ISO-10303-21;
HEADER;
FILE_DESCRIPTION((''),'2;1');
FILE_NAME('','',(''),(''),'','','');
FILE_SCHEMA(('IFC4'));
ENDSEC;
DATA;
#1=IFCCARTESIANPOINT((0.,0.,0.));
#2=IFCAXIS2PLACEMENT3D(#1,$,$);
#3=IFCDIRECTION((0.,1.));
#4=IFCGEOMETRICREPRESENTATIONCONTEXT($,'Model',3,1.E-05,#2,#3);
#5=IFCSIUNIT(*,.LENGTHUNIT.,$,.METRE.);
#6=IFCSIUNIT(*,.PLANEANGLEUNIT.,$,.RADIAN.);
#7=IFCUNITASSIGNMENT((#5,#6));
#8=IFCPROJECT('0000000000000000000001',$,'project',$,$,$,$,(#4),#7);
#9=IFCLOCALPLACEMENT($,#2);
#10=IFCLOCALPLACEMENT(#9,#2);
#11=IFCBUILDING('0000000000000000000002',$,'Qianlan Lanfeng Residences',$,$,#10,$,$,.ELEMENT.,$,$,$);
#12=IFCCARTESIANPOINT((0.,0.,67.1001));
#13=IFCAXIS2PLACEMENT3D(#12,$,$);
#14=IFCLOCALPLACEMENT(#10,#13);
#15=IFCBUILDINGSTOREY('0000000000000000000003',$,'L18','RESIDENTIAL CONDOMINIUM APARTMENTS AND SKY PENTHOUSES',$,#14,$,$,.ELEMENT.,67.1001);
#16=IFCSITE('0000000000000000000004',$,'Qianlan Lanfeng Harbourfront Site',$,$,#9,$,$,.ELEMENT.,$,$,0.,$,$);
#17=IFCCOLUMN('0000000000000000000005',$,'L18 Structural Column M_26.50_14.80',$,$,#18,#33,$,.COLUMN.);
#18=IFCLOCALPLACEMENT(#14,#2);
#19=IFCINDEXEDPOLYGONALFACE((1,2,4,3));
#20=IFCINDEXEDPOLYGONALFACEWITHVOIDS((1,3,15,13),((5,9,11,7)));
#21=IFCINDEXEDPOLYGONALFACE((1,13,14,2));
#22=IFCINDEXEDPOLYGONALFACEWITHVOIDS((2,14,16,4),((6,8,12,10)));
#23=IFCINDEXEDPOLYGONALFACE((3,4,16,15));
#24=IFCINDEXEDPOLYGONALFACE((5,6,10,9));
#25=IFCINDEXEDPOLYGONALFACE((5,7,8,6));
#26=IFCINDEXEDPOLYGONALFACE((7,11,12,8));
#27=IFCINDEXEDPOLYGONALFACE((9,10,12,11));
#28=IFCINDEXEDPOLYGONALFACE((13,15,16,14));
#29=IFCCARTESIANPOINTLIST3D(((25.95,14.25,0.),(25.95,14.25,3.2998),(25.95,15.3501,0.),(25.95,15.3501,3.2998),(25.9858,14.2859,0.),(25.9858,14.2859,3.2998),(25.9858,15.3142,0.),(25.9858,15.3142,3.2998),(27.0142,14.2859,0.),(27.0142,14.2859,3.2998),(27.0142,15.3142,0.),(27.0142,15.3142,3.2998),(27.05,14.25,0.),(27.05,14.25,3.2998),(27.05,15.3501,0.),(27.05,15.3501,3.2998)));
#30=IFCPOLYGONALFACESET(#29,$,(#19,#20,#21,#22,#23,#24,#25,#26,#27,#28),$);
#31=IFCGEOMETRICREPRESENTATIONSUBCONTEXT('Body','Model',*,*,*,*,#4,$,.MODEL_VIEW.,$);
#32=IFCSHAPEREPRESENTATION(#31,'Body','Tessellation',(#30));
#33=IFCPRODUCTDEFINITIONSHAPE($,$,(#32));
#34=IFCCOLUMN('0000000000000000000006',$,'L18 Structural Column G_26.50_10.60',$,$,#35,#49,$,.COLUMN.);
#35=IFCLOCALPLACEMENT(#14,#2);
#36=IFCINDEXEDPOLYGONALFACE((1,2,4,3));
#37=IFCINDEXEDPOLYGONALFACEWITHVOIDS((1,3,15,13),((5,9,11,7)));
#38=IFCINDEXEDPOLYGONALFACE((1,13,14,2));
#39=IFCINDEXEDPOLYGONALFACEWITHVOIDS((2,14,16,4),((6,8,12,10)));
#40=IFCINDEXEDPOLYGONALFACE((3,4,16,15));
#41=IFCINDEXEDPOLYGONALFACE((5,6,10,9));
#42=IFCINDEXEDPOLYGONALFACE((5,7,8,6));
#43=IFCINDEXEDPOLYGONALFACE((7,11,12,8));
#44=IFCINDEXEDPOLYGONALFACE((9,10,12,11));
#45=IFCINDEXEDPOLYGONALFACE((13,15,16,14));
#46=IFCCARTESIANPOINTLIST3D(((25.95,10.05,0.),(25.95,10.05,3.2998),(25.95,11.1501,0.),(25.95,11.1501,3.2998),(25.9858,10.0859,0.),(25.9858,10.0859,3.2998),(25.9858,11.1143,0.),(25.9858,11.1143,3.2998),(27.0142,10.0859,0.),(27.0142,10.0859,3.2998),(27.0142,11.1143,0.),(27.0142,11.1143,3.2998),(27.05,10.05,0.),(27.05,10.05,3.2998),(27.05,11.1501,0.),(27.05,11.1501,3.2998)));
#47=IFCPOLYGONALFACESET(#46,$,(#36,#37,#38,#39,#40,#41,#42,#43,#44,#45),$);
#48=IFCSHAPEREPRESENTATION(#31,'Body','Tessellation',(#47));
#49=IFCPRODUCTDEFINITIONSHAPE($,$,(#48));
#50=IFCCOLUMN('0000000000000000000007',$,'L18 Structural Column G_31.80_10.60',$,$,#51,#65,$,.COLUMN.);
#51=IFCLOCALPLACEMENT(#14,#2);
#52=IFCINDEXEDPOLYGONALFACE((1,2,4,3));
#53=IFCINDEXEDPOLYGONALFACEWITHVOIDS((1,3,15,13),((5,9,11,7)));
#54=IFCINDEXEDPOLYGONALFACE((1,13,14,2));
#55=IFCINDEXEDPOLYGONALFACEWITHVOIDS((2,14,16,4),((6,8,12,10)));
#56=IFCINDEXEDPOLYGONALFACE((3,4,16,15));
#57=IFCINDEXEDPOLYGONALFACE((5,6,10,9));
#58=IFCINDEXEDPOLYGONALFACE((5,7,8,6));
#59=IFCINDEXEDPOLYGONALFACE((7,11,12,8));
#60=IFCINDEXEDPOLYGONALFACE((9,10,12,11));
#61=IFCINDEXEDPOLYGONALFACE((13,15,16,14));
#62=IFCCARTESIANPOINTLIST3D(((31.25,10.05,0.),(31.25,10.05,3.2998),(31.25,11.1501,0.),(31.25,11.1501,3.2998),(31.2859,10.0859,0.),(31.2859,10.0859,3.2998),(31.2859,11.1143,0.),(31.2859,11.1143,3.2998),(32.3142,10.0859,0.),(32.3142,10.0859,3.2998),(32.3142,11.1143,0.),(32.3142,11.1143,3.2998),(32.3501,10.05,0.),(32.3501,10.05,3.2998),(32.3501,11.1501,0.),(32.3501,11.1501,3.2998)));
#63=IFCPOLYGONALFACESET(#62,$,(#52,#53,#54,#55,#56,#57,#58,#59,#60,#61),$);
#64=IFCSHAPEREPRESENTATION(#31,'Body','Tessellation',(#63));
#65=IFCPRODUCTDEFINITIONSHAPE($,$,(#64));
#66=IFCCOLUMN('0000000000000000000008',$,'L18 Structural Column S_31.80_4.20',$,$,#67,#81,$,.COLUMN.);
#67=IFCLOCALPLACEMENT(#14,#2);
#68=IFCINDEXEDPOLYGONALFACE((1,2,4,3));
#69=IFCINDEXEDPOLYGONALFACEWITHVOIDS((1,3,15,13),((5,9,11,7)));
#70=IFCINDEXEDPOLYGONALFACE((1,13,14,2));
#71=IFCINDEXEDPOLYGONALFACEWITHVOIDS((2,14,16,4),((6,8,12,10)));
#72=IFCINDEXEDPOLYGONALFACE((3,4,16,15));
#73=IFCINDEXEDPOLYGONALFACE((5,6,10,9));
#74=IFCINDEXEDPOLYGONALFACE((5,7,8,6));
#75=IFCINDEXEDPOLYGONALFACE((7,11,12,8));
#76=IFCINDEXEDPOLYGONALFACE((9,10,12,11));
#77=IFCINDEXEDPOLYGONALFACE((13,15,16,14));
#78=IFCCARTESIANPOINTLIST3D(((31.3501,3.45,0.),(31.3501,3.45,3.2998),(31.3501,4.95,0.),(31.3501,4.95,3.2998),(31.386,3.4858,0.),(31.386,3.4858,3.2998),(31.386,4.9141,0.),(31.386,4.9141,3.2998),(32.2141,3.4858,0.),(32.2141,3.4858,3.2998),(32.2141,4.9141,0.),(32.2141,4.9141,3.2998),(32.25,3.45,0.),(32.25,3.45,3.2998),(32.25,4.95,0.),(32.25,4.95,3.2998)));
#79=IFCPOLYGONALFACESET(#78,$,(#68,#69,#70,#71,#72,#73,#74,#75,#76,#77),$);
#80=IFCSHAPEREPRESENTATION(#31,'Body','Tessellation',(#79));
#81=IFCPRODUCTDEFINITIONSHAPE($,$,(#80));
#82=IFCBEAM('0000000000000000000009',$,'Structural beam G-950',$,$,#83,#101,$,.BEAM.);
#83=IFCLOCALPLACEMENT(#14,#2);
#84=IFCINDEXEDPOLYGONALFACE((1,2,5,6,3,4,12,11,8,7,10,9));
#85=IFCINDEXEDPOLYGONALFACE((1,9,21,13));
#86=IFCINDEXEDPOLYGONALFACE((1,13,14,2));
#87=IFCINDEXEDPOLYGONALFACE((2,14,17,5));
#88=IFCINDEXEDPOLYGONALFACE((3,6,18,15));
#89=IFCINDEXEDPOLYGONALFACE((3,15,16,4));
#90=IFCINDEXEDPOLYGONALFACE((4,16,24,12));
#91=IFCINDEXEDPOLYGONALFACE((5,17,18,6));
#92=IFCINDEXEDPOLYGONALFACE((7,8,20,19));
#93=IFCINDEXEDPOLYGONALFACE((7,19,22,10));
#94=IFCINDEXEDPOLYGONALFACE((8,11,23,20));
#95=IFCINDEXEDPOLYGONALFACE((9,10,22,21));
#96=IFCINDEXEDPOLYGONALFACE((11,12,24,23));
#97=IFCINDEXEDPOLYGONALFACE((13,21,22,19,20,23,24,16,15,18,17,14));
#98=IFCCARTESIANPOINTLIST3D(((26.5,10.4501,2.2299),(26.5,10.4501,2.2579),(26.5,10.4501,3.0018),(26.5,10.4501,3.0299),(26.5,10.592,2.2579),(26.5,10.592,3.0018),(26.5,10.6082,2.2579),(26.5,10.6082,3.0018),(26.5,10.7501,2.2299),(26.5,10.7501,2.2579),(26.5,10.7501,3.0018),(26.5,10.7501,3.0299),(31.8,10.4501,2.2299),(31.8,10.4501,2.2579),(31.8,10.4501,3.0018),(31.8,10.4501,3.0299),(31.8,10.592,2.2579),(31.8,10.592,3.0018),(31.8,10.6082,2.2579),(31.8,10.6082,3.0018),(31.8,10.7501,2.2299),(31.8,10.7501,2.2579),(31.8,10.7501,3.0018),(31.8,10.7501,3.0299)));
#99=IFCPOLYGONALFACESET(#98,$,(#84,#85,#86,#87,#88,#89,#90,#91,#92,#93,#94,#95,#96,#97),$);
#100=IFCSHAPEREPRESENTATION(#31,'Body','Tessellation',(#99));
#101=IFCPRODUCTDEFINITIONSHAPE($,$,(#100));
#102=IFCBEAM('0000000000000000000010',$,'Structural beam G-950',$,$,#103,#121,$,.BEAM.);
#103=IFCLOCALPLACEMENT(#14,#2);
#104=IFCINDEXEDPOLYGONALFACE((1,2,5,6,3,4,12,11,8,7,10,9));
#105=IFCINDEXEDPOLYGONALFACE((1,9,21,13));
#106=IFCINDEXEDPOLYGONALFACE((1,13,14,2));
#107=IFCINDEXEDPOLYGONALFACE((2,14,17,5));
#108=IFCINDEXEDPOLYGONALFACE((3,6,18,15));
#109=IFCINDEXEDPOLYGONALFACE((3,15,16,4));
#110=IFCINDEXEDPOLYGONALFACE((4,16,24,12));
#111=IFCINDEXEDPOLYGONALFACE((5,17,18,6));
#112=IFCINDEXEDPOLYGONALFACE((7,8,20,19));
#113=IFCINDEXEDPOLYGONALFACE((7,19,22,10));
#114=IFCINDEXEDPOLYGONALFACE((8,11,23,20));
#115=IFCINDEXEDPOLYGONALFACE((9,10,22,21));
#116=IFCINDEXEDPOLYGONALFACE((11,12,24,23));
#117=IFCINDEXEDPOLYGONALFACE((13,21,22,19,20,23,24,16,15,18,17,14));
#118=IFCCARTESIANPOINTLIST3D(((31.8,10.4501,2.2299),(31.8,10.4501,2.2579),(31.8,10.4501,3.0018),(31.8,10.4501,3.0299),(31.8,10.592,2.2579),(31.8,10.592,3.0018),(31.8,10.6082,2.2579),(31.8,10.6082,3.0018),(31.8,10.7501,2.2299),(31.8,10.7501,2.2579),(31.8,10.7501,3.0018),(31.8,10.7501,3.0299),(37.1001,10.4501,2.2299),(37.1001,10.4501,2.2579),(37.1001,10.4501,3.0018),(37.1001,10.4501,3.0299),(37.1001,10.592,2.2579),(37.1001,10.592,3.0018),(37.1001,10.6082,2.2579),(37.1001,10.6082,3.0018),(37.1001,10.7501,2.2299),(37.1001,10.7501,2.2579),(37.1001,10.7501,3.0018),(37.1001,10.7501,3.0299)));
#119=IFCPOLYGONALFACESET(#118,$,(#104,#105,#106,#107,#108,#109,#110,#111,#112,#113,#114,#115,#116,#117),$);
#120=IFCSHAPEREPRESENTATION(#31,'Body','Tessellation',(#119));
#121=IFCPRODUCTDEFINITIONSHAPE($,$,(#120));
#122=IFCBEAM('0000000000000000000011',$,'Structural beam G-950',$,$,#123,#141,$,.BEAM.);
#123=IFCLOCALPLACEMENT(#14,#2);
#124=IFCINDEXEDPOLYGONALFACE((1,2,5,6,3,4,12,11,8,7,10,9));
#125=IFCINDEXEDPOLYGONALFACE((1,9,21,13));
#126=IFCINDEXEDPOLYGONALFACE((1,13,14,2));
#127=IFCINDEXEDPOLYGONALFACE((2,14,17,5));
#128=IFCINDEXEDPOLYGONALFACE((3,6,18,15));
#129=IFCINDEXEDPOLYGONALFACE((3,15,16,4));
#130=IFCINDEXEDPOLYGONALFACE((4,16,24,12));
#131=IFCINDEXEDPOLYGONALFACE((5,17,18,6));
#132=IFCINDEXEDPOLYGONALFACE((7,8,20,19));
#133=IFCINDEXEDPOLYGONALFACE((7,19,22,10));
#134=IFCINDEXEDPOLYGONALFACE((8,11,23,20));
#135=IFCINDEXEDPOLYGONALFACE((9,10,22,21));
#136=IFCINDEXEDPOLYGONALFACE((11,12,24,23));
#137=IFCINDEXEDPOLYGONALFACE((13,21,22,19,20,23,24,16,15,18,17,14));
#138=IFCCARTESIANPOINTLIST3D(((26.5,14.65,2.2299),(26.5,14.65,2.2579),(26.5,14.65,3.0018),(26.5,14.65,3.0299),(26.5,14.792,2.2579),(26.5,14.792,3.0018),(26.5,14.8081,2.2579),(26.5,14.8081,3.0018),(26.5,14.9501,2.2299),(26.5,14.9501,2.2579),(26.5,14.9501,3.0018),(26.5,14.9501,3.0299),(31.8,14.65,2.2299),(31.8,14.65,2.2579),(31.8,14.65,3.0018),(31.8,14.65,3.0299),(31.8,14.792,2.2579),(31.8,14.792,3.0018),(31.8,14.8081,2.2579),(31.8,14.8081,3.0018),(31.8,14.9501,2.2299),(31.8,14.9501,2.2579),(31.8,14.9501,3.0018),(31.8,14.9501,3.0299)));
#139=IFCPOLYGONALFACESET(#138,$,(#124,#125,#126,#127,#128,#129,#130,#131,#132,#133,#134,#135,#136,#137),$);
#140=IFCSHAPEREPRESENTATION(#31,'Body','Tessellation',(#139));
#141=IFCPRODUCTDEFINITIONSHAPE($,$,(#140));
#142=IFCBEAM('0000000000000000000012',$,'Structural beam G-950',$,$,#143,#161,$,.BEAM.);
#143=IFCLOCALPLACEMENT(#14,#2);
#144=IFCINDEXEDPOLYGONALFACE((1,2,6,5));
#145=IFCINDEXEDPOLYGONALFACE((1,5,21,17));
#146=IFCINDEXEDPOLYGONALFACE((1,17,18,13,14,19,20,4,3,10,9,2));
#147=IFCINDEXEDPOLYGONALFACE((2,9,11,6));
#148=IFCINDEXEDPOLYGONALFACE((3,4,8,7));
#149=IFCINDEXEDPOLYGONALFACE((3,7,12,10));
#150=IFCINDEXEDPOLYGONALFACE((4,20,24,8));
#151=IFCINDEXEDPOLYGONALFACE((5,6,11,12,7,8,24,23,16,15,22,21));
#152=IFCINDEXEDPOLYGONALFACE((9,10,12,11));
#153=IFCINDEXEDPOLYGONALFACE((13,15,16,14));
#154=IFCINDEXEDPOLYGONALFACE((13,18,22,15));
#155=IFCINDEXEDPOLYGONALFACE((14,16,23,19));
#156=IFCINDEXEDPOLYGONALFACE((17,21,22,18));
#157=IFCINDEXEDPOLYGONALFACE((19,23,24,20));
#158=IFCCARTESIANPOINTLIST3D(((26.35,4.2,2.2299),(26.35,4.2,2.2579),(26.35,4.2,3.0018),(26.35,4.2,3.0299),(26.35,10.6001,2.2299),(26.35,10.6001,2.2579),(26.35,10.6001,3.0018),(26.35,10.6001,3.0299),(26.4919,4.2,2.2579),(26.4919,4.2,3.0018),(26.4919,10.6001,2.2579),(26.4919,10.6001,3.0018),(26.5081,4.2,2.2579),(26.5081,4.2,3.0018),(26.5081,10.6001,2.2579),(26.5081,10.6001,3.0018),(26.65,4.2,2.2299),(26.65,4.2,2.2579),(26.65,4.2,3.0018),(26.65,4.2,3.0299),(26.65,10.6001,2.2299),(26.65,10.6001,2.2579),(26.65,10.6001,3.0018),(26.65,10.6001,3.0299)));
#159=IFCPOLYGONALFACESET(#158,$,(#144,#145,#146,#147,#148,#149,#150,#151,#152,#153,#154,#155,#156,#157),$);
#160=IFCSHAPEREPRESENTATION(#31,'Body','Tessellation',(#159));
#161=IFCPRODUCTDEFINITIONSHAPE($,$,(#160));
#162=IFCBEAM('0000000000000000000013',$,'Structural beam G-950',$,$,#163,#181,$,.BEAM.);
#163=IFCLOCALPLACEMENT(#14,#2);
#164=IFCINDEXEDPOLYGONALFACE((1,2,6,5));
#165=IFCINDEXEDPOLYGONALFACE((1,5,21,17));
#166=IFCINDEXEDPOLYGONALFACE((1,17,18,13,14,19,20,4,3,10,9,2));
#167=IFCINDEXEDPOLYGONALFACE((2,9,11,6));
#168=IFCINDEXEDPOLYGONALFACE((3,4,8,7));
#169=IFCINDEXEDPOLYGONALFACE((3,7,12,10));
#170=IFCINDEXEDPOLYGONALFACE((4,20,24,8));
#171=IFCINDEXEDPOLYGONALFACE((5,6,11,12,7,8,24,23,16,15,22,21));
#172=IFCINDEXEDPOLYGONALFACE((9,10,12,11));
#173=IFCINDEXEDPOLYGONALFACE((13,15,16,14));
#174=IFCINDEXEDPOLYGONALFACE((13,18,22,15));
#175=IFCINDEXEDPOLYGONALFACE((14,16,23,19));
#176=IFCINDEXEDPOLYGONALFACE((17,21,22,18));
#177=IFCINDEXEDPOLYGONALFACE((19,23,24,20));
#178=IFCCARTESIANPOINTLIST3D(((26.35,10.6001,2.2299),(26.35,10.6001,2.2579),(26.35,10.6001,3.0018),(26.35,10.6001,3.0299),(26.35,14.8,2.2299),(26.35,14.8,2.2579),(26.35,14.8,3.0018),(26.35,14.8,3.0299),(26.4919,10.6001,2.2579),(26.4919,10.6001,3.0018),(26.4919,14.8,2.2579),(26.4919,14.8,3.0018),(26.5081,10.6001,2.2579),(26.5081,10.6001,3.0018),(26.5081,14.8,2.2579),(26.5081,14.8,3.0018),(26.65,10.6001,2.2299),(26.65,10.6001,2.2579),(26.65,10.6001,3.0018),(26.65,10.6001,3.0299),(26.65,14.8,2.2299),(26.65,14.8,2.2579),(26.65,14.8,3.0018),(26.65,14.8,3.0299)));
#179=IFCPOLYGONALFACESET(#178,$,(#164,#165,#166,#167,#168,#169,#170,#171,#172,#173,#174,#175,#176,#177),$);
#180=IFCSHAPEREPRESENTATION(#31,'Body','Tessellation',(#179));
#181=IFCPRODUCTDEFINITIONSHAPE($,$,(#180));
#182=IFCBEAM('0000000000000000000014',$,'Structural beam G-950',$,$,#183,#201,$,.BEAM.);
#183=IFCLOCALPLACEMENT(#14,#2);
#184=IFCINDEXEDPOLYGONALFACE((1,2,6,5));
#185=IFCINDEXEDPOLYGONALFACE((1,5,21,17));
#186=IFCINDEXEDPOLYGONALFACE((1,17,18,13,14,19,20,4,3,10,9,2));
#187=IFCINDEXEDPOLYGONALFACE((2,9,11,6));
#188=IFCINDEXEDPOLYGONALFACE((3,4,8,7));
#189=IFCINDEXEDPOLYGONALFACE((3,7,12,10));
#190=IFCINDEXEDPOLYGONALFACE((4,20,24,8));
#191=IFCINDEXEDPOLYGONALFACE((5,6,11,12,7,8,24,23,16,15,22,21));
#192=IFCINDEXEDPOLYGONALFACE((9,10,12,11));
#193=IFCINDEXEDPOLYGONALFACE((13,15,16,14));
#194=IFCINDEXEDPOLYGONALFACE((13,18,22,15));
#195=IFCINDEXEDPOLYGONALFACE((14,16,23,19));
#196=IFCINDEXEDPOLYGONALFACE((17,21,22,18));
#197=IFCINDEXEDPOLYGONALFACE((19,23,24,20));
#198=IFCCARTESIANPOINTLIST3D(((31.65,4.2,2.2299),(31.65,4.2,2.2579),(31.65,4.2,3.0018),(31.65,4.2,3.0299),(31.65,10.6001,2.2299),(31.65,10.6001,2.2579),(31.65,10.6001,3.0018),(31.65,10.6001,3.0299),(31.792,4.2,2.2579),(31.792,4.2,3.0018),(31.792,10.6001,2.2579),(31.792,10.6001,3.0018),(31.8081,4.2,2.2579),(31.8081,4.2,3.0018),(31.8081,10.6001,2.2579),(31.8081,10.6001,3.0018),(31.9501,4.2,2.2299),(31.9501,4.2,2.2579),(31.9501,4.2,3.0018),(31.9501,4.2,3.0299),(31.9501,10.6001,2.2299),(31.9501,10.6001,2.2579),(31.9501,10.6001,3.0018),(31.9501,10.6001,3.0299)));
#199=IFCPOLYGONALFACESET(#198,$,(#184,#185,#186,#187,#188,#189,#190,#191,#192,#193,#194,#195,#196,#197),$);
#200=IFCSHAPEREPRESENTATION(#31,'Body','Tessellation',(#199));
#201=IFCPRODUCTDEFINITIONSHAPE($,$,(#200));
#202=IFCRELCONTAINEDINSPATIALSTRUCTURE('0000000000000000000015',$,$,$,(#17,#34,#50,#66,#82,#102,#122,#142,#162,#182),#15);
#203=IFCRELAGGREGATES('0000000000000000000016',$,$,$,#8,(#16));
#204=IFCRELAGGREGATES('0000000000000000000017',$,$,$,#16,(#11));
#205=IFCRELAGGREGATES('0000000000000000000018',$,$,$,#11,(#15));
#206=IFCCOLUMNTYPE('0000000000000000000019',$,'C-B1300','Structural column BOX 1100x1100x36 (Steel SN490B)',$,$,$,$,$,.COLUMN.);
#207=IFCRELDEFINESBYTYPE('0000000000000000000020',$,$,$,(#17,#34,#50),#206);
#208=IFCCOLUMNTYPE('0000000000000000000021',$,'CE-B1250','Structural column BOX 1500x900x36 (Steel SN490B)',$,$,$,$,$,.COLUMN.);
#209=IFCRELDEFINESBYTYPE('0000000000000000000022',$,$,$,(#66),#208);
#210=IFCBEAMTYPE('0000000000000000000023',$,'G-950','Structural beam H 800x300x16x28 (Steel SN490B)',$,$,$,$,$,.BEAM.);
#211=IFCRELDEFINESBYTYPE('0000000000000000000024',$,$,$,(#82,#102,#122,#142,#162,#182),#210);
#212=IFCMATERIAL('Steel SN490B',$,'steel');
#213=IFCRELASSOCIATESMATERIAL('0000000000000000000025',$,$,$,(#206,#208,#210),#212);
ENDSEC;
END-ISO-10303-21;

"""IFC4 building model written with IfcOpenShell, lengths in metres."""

from ifc_helpers import new_model, si_unit, direction, frame, origin, origin_2d, place, context, subcontext, project, spatial, hollow_rectangle, i_section, extrude, material, material_profile, profile_set, type_object, element, save


model = new_model("IFC4")

# Units and contexts
model_context = context("Model", 3, precision=1e-05, world=origin(), true_north=direction((0.0, 1.0)))
body_context = subcontext(model_context, "Body", "Model", "MODEL_VIEW")
ifc_project = project(units=[si_unit("LENGTHUNIT", "METRE"), si_unit("PLANEANGLEUNIT", "RADIAN")], contexts=[model_context])

# Site, building, storey
site_placement = place(None, origin())
site = spatial("IfcSite", under=ifc_project, at=site_placement, Name="Qianlan Lanfeng Harbourfront Site", CompositionType="ELEMENT", RefElevation=0.0)
building_placement = place(site_placement, origin())
building = spatial("IfcBuilding", under=site, at=building_placement, Name="Qianlan Lanfeng Residences", CompositionType="ELEMENT")
storey_placement = place(building_placement, frame((0.0, 0.0, 67.1001)))
storey = spatial("IfcBuildingStorey", under=building, at=storey_placement, Name="L18", Description="RESIDENTIAL CONDOMINIUM APARTMENTS AND SKY PENTHOUSES", CompositionType="ELEMENT", Elevation=67.1001)

# Columns
ifc_material_1 = material(Name="Steel SN490B", Category="steel")
ifc_material_profile_1 = material_profile(ifc_material_1, hollow_rectangle(XDim=1.1001, YDim=1.1001, WallThickness=0.0359, at=origin_2d()), Name="BOX 1100x1100x36")
ifc_profile_set_1 = profile_set([ifc_material_profile_1], Name="Steel SN490B")
column_type_1 = type_object("IfcColumnType", Name="C-B1300", Description="Structural column BOX 1100x1100x36 (Steel SN490B)", PredefinedType="COLUMN", material=ifc_profile_set_1)
for number, where, z_axis, x_axis, name in (
    (1, (26.5, 14.8, 0.0), (0.0, 0.0, 1.0), (1.0, 0.0, 0.0), "L18 Structural Column M_26.50_14.80"),
    (2, (26.5, 10.6001, 0.0), (0.0, 0.0, 1.0), (1.0, 0.0, 0.0), "L18 Structural Column G_26.50_10.60"),
    (3, (31.8, 10.6001, 0.0), (0.0, 0.0, 1.0), (1.0, 0.0, 0.0), "L18 Structural Column G_31.80_10.60"),
):
    element("IfcColumn", number, at=place(storey_placement, frame(where, z_axis=z_axis, x_axis=x_axis)), inside=storey, type_object=column_type_1, Name=name, PredefinedType="COLUMN", context=body_context, shape_type="SweptSolid", body=[
        extrude(hollow_rectangle(XDim=1.1001, YDim=1.1001, WallThickness=0.0359, at=origin_2d()), origin(), (0.0, 0.0, 1.0), 3.2998),
    ])
ifc_material_profile_2 = material_profile(ifc_material_1, hollow_rectangle(XDim=0.8999, YDim=1.5, WallThickness=0.0359, at=origin_2d()), Name="BOX 1500x900x36")
ifc_profile_set_2 = profile_set([ifc_material_profile_2], Name="Steel SN490B")
column_type_2 = type_object("IfcColumnType", Name="CE-B1250", Description="Structural column BOX 1500x900x36 (Steel SN490B)", PredefinedType="COLUMN", material=ifc_profile_set_2)
column_placement = place(storey_placement, frame((31.8, 4.2, 0.0), z_axis=(0.0, 0.0, 1.0), x_axis=(1.0, 0.0, 0.0)))
element("IfcColumn", 4, at=column_placement, inside=storey, type_object=column_type_2, Name="L18 Structural Column S_31.80_4.20", PredefinedType="COLUMN", context=body_context, shape_type="SweptSolid", body=[
    extrude(hollow_rectangle(XDim=0.8999, YDim=1.5, WallThickness=0.0359, at=origin_2d()), origin(), (0.0, 0.0, 1.0), 3.2998),
])

# Beams
ifc_material_profile_3 = material_profile(ifc_material_1, i_section(OverallWidth=0.3, OverallDepth=0.8, WebThickness=0.0161, FlangeThickness=0.0281, at=origin_2d()), Name="H 800x300x16x28")
ifc_profile_set_3 = profile_set([ifc_material_profile_3], Name="Steel SN490B")
beam_type_1 = type_object("IfcBeamType", Name="G-950", Description="Structural beam H 800x300x16x28 (Steel SN490B)", PredefinedType="BEAM", material=ifc_profile_set_3)
for number, where, z_axis, x_axis, name in (
    (5, (26.5, 10.6001, 2.6299), (1.0, 0.0, 0.0), (0.0, 1.0, 0.0), "Structural beam G-950"),
    (6, (31.8, 10.6001, 2.6299), (1.0, 0.0, 0.0), (0.0, 1.0, 0.0), "Structural beam G-950"),
    (7, (26.5, 14.8, 2.6299), (1.0, 0.0, 0.0), (0.0, 1.0, 0.0), "Structural beam G-950"),
):
    element("IfcBeam", number, at=place(storey_placement, frame(where, z_axis=z_axis, x_axis=x_axis)), inside=storey, type_object=beam_type_1, Name=name, PredefinedType="BEAM", context=body_context, shape_type="SweptSolid", body=[
        extrude(i_section(OverallWidth=0.3, OverallDepth=0.8, WebThickness=0.0161, FlangeThickness=0.0281, at=origin_2d()), origin(), (0.0, 0.0, 1.0), 5.3),
    ])
beam_1_placement = place(storey_placement, frame((26.5, 4.2, 2.6299), z_axis=(0.0, 1.0, 0.0), x_axis=(-1.0, 0.0, 0.0)))
element("IfcBeam", 8, at=beam_1_placement, inside=storey, type_object=beam_type_1, Name="Structural beam G-950", PredefinedType="BEAM", context=body_context, shape_type="SweptSolid", body=[
    extrude(i_section(OverallWidth=0.3, OverallDepth=0.8, WebThickness=0.0161, FlangeThickness=0.0281, at=origin_2d()), origin(), (0.0, 0.0, 1.0), 6.4001),
])
beam_2_placement = place(storey_placement, frame((26.5, 10.6001, 2.6299), z_axis=(0.0, 1.0, 0.0), x_axis=(-1.0, 0.0, 0.0)))
element("IfcBeam", 9, at=beam_2_placement, inside=storey, type_object=beam_type_1, Name="Structural beam G-950", PredefinedType="BEAM", context=body_context, shape_type="SweptSolid", body=[
    extrude(i_section(OverallWidth=0.3, OverallDepth=0.8, WebThickness=0.0161, FlangeThickness=0.0281, at=origin_2d()), origin(), (0.0, 0.0, 1.0), 4.2),
])
beam_3_placement = place(storey_placement, frame((31.8, 4.2, 2.6299), z_axis=(0.0, 1.0, 0.0), x_axis=(-1.0, 0.0, 0.0)))
element("IfcBeam", 10, at=beam_3_placement, inside=storey, type_object=beam_type_1, Name="Structural beam G-950", PredefinedType="BEAM", context=body_context, shape_type="SweptSolid", body=[
    extrude(i_section(OverallWidth=0.3, OverallDepth=0.8, WebThickness=0.0161, FlangeThickness=0.0281, at=origin_2d()), origin(), (0.0, 0.0, 1.0), 6.4001),
])

save(model, "model.ifc")
